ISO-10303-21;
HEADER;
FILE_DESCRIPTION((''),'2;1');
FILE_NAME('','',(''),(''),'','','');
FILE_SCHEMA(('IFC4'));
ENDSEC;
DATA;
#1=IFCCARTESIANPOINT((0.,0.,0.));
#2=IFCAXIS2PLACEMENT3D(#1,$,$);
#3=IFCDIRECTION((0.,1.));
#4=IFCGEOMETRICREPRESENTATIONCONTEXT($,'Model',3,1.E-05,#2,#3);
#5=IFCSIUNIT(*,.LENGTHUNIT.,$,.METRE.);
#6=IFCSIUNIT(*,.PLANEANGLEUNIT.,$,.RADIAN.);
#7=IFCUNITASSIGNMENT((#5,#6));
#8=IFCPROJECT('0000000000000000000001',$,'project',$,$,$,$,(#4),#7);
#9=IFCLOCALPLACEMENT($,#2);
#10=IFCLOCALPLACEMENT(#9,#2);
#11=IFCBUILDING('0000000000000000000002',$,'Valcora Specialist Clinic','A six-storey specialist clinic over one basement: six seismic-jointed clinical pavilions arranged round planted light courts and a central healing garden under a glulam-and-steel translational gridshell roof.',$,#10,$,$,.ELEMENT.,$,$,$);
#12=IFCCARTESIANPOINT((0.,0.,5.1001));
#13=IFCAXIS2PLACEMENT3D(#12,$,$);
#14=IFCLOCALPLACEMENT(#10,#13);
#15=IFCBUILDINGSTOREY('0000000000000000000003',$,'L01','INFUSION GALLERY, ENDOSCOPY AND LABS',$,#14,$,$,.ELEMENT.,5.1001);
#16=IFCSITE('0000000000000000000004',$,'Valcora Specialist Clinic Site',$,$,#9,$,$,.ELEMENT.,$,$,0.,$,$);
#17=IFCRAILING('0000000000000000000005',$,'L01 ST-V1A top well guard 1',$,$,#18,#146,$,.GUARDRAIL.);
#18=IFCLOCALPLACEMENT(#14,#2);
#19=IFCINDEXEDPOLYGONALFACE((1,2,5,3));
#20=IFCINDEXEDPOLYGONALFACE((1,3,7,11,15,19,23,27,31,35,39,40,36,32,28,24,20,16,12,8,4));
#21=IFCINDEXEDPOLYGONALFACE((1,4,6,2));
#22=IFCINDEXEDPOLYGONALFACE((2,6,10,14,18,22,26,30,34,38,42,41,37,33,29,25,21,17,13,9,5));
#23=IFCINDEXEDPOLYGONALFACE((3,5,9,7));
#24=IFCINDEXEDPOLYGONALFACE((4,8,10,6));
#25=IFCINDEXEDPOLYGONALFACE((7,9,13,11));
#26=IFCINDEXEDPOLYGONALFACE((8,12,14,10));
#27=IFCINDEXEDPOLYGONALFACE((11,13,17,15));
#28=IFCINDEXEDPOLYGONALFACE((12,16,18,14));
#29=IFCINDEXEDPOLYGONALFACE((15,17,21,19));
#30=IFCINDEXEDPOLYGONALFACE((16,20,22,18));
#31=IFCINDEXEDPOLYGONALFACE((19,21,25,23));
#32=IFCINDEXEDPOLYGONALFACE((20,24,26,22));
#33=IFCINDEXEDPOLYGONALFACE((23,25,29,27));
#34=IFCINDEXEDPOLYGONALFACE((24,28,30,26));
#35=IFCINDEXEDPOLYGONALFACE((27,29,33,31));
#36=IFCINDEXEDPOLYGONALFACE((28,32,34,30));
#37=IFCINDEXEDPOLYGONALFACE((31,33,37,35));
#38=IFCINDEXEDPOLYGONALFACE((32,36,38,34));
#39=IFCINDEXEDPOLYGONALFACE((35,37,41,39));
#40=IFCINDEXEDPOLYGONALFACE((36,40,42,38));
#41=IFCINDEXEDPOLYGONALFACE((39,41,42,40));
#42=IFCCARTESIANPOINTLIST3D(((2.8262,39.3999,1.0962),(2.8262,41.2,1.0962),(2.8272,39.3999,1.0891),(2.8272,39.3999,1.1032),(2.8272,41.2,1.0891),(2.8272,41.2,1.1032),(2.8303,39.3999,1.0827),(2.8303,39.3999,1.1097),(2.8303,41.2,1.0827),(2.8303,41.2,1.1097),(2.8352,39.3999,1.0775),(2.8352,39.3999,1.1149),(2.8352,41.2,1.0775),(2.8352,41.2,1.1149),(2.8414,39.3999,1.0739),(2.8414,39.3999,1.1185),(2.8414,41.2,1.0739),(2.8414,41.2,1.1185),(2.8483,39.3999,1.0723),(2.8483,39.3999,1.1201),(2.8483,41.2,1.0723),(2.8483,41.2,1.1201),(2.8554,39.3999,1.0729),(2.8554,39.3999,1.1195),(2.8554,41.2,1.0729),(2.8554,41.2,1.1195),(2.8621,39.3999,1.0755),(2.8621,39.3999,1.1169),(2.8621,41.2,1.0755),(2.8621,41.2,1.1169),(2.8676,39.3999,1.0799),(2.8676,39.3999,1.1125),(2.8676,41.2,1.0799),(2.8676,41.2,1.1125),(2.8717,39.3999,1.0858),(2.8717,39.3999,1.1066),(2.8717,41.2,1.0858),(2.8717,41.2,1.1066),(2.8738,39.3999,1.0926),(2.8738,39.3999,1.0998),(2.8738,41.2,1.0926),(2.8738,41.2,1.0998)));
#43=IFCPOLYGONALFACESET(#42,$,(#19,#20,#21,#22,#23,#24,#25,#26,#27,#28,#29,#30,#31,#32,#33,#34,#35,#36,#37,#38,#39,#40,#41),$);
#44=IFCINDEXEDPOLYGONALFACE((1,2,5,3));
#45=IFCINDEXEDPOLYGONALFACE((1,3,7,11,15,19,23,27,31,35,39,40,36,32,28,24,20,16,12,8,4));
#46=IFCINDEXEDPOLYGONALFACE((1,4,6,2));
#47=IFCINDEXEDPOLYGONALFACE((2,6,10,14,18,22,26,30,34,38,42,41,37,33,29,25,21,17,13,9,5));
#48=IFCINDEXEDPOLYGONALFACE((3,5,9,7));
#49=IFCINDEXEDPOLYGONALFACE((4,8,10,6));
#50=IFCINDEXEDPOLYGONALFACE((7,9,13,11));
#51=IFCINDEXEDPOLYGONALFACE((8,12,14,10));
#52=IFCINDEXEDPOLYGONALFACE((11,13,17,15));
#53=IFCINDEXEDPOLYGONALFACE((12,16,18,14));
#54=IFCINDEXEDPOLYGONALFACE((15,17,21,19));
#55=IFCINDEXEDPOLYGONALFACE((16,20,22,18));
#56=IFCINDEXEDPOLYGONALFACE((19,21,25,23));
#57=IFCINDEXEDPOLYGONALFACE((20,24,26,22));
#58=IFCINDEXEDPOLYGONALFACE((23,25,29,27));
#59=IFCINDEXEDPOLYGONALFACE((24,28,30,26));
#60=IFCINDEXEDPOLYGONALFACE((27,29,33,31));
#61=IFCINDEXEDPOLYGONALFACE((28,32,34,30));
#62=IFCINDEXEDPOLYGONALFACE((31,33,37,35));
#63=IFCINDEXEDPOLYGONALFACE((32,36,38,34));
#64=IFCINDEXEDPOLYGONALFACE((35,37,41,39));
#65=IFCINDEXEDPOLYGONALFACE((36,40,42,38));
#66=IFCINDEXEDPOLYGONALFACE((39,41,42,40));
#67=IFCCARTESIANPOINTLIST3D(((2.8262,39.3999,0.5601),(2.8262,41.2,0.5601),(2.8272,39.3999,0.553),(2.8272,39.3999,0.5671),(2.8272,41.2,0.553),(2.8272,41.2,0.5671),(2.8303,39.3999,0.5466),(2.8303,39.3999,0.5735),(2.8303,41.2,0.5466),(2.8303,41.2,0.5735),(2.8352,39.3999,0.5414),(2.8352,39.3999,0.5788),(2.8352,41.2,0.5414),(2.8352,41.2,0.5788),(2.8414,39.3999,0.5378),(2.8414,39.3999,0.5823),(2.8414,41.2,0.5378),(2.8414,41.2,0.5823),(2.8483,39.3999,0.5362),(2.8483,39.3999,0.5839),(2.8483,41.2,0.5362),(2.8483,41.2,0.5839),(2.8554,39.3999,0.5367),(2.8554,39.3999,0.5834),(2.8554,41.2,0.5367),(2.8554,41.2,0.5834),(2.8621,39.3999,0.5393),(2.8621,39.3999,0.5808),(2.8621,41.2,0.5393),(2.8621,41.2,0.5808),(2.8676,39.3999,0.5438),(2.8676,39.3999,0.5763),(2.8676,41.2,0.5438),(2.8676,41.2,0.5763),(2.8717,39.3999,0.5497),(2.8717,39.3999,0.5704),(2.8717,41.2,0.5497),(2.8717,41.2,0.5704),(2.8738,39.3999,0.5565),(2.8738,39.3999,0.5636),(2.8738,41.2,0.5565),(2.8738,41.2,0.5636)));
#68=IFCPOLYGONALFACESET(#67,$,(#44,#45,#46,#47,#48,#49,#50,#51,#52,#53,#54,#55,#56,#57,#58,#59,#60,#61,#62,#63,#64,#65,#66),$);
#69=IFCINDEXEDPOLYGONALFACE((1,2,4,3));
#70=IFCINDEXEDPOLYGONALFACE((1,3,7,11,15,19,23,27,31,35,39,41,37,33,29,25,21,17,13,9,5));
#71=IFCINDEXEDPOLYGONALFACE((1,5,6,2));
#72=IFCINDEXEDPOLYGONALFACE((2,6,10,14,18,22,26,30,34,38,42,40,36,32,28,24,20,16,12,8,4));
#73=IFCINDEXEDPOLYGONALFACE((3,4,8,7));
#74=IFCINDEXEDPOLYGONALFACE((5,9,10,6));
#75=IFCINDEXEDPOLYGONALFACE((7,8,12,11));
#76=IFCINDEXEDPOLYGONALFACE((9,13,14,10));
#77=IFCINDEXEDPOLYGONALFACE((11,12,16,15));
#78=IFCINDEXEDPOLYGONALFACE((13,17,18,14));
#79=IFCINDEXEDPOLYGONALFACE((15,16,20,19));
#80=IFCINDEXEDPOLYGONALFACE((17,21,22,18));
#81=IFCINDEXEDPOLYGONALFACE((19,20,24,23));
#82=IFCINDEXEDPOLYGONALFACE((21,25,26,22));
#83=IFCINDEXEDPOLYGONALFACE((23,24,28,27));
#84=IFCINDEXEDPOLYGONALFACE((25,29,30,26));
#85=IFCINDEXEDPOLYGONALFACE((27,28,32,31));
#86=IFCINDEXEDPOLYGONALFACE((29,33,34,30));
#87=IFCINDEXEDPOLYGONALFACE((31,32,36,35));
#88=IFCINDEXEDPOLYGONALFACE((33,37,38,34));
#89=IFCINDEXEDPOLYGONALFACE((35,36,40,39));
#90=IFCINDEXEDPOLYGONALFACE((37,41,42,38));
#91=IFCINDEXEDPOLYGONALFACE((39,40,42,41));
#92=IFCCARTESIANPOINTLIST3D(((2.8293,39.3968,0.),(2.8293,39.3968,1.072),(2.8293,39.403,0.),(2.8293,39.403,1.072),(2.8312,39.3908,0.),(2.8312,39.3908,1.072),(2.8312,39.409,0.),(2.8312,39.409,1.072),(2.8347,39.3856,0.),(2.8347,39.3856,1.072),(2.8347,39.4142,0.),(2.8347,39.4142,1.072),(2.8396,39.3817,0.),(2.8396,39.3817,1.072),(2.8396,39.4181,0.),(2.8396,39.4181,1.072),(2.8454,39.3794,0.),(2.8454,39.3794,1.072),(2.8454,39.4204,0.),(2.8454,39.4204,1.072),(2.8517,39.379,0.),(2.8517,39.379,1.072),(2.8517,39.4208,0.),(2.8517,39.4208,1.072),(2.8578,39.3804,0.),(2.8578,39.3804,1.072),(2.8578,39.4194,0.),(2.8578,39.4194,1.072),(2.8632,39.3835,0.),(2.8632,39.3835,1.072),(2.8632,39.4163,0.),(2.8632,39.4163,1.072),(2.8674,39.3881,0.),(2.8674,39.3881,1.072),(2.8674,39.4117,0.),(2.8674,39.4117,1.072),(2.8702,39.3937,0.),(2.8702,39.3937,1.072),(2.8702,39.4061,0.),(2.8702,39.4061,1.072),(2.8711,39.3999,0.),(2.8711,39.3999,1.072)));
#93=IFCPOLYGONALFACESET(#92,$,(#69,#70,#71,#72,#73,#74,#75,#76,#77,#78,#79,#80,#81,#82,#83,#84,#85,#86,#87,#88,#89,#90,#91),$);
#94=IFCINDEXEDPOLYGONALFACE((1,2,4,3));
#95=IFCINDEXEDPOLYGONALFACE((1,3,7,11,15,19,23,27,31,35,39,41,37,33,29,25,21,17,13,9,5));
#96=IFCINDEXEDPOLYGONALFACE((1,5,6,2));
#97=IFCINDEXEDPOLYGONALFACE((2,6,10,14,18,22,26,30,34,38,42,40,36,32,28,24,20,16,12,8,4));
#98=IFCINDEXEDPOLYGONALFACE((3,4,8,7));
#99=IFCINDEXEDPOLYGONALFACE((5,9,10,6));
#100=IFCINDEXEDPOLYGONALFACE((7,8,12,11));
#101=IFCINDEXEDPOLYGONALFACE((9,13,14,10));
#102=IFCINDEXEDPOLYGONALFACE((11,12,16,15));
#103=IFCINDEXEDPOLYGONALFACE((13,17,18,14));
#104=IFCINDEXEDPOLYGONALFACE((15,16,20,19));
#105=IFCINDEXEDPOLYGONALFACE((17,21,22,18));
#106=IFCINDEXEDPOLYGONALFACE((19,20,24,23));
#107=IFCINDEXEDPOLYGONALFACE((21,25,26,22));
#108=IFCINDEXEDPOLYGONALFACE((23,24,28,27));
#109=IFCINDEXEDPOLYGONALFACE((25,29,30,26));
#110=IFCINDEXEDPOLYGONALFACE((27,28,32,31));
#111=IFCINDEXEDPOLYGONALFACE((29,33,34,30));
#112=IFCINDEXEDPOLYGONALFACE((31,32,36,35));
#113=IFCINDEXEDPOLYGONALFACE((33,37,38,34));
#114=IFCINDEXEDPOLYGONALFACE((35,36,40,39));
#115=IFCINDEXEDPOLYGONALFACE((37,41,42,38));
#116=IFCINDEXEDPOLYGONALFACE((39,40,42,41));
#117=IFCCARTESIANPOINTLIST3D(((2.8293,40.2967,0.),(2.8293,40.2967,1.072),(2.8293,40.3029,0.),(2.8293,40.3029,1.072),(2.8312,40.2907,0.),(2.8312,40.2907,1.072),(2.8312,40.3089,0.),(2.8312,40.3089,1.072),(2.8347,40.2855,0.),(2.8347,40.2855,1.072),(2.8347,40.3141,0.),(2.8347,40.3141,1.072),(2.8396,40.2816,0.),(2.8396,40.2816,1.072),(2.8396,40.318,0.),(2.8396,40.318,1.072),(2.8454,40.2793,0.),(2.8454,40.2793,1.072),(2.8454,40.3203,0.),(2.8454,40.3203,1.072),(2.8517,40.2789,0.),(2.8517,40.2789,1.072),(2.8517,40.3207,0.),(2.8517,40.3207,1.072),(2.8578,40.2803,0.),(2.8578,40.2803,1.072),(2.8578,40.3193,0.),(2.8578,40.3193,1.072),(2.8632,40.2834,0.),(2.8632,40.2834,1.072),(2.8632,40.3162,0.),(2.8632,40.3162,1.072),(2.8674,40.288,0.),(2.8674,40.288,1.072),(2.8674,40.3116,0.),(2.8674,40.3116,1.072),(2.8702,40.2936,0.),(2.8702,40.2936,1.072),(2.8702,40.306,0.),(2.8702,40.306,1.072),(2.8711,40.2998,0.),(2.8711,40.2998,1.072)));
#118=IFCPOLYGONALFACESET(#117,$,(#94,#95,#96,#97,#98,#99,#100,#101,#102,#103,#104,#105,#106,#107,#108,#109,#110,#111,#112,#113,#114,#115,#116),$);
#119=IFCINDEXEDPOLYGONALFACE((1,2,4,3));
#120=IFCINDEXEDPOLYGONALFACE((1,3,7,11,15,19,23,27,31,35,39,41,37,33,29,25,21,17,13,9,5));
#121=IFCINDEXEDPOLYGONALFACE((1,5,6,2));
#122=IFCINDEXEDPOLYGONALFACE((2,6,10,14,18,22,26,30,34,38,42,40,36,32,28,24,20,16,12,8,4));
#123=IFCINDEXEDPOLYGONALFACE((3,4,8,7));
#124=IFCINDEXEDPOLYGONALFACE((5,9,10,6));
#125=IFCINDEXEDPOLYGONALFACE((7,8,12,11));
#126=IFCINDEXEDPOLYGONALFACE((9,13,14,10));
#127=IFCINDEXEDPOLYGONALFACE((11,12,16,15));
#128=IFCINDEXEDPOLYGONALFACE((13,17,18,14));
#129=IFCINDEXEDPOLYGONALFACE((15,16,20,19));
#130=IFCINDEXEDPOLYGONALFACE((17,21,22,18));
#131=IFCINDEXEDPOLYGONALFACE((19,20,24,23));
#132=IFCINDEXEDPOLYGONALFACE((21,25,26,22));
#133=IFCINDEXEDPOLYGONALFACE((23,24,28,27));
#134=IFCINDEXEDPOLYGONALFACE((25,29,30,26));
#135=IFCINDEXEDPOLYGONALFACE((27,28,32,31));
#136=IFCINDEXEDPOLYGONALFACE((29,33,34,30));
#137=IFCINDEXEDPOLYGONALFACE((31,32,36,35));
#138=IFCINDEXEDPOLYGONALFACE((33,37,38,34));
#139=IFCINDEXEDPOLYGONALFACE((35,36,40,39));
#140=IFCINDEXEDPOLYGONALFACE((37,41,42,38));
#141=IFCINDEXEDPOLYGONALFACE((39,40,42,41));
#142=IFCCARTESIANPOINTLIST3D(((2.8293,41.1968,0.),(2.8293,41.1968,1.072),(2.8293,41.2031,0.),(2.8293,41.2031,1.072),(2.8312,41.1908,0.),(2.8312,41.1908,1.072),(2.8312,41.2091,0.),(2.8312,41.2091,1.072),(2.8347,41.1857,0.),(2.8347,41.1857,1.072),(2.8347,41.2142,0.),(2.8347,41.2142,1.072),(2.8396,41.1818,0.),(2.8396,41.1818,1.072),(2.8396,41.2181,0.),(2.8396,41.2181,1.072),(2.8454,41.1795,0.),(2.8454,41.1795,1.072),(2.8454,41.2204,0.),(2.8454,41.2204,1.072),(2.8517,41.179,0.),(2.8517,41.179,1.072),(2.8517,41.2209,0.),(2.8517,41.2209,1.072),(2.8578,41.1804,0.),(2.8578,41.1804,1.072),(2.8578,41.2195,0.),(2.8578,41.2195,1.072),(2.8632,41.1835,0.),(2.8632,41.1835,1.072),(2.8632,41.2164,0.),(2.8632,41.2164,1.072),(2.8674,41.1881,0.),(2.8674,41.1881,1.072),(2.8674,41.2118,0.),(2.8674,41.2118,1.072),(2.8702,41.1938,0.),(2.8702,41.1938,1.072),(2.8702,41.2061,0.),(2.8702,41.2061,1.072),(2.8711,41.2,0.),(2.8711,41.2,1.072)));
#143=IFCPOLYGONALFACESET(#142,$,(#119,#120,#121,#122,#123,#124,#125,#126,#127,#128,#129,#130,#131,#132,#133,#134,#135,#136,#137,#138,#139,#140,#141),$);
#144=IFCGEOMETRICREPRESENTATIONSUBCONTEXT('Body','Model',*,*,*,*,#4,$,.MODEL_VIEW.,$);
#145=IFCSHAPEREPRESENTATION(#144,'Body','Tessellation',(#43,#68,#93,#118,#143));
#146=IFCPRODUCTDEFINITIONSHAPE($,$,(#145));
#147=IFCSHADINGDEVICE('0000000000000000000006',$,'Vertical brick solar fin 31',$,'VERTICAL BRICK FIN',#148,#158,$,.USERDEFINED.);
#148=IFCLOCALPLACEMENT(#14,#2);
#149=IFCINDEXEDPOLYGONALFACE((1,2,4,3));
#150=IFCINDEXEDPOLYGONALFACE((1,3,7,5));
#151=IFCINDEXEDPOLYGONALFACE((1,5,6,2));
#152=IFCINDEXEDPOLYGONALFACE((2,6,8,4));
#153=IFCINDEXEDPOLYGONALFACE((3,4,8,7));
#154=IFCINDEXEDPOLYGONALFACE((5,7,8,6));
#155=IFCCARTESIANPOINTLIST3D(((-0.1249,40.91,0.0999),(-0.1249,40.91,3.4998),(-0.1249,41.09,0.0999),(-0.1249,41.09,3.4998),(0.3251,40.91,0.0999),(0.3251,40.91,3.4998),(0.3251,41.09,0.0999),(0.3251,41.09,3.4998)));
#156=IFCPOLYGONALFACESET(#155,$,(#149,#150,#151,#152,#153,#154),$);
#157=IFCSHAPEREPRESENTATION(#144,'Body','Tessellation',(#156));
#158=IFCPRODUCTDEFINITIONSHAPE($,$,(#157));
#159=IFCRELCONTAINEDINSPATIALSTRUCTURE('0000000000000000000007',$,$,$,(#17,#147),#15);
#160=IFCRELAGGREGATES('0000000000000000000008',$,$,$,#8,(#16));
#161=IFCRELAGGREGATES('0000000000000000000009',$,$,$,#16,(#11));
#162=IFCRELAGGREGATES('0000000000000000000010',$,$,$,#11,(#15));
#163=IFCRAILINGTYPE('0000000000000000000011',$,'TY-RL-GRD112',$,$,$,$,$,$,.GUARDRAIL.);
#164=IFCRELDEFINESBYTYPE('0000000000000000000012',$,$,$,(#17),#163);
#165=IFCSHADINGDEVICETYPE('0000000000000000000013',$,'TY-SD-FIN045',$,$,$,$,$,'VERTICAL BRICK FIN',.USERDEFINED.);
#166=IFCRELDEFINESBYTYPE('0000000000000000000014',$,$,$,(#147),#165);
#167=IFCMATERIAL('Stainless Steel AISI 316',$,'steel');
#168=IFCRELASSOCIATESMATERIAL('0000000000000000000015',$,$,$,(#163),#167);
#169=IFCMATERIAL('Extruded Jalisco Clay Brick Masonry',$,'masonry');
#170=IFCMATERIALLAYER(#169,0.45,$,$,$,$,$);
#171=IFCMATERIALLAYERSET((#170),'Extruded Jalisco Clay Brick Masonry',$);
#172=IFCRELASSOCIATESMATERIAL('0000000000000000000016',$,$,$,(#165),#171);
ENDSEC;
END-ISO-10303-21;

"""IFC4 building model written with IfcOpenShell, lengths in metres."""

from ifc_helpers import new_model, si_unit, direction, frame, origin, origin_2d, place, context, subcontext, project, spatial, rectangle, circle, extrude, material, layer, layer_set, type_object, element, save


model = new_model("IFC4")

# Units and contexts
model_context = context("Model", 3, precision=1e-05, world=origin(), true_north=direction((0.0, 1.0)))
body_context = subcontext(model_context, "Body", "Model", "MODEL_VIEW")
ifc_project = project(units=[si_unit("LENGTHUNIT", "METRE"), si_unit("PLANEANGLEUNIT", "RADIAN")], contexts=[model_context])

# Site, building, storey
site_placement = place(None, origin())
site = spatial("IfcSite", under=ifc_project, at=site_placement, Name="Valcora Specialist Clinic Site", CompositionType="ELEMENT", RefElevation=0.0)
building_placement = place(site_placement, origin())
building = spatial("IfcBuilding", under=site, at=building_placement, Name="Valcora Specialist Clinic", Description="A six-storey specialist clinic over one basement: six seismic-jointed clinical pavilions arranged round planted light courts and a central healing garden under a glulam-and-steel translational gridshell roof.", CompositionType="ELEMENT")
storey_placement = place(building_placement, frame((0.0, 0.0, 5.1001)))
storey = spatial("IfcBuildingStorey", under=building, at=storey_placement, Name="L01", Description="INFUSION GALLERY, ENDOSCOPY AND LABS", CompositionType="ELEMENT", Elevation=5.1001)

# Shared definitions
ifc_material_1 = material(Name="Extruded Jalisco Clay Brick Masonry", Category="masonry")

# Shared definitions
ifc_material_2 = material(Name="Stainless Steel AISI 316", Category="steel")

# Railing
railing_type = type_object("IfcRailingType", Name="TY-RL-GRD112", PredefinedType="GUARDRAIL", material=ifc_material_2)
railing_placement = place(storey_placement, frame((2.8501, 39.3999, 0.0)))
element("IfcRailing", 1, at=railing_placement, inside=storey, type_object=railing_type, Name="L01 ST-V1A top well guard 1", PredefinedType="GUARDRAIL", context=body_context, shape_type="SweptSolid", body=[
    extrude(circle(Radius=0.0239, at=origin_2d()), frame((0.0, 0.0, 1.0962), z_axis=(0.0, 1.0, 0.0), x_axis=(-1.0, 0.0, 0.0)), (0.0, 0.0, 1.0), 1.8),
    extrude(circle(Radius=0.0239, at=origin_2d()), frame((0.0, 0.0, 0.5601), z_axis=(0.0, 1.0, 0.0), x_axis=(-1.0, 0.0, 0.0)), (0.0, 0.0, 1.0), 1.8),
    extrude(circle(Radius=0.021, at=origin_2d()), origin(), (0.0, 0.0, 1.0), 1.072),
    extrude(circle(Radius=0.021, at=origin_2d()), frame((0.0, 0.8999, 0.0)), (0.0, 0.0, 1.0), 1.072),
    extrude(circle(Radius=0.021, at=origin_2d()), frame((0.0, 1.8, 0.0)), (0.0, 0.0, 1.0), 1.072),
])

# Shading device
ifc_layer_1 = layer(ifc_material_1, 0.45)
ifc_layer_set_1 = layer_set([ifc_layer_1], Name="Extruded Jalisco Clay Brick Masonry")
shading_device_type = type_object("IfcShadingDeviceType", Name="TY-SD-FIN045", ElementType="VERTICAL BRICK FIN", PredefinedType="USERDEFINED", material=ifc_layer_set_1)
shading_device_placement = place(storey_placement, frame((0.1001, 41.0, 0.0999), z_axis=(0.0, 0.0, 1.0), x_axis=(1.0, 0.0, 0.0)))
element("IfcShadingDevice", 2, at=shading_device_placement, inside=storey, type_object=shading_device_type, Name="Vertical brick solar fin 31", ObjectType="VERTICAL BRICK FIN", PredefinedType="USERDEFINED", context=body_context, shape_type="SweptSolid", body=[
    extrude(rectangle(XDim=0.45, YDim=0.1799, at=origin_2d()), origin(), (0.0, 0.0, 1.0), 3.3999),
])

save(model, "model.ifc")
